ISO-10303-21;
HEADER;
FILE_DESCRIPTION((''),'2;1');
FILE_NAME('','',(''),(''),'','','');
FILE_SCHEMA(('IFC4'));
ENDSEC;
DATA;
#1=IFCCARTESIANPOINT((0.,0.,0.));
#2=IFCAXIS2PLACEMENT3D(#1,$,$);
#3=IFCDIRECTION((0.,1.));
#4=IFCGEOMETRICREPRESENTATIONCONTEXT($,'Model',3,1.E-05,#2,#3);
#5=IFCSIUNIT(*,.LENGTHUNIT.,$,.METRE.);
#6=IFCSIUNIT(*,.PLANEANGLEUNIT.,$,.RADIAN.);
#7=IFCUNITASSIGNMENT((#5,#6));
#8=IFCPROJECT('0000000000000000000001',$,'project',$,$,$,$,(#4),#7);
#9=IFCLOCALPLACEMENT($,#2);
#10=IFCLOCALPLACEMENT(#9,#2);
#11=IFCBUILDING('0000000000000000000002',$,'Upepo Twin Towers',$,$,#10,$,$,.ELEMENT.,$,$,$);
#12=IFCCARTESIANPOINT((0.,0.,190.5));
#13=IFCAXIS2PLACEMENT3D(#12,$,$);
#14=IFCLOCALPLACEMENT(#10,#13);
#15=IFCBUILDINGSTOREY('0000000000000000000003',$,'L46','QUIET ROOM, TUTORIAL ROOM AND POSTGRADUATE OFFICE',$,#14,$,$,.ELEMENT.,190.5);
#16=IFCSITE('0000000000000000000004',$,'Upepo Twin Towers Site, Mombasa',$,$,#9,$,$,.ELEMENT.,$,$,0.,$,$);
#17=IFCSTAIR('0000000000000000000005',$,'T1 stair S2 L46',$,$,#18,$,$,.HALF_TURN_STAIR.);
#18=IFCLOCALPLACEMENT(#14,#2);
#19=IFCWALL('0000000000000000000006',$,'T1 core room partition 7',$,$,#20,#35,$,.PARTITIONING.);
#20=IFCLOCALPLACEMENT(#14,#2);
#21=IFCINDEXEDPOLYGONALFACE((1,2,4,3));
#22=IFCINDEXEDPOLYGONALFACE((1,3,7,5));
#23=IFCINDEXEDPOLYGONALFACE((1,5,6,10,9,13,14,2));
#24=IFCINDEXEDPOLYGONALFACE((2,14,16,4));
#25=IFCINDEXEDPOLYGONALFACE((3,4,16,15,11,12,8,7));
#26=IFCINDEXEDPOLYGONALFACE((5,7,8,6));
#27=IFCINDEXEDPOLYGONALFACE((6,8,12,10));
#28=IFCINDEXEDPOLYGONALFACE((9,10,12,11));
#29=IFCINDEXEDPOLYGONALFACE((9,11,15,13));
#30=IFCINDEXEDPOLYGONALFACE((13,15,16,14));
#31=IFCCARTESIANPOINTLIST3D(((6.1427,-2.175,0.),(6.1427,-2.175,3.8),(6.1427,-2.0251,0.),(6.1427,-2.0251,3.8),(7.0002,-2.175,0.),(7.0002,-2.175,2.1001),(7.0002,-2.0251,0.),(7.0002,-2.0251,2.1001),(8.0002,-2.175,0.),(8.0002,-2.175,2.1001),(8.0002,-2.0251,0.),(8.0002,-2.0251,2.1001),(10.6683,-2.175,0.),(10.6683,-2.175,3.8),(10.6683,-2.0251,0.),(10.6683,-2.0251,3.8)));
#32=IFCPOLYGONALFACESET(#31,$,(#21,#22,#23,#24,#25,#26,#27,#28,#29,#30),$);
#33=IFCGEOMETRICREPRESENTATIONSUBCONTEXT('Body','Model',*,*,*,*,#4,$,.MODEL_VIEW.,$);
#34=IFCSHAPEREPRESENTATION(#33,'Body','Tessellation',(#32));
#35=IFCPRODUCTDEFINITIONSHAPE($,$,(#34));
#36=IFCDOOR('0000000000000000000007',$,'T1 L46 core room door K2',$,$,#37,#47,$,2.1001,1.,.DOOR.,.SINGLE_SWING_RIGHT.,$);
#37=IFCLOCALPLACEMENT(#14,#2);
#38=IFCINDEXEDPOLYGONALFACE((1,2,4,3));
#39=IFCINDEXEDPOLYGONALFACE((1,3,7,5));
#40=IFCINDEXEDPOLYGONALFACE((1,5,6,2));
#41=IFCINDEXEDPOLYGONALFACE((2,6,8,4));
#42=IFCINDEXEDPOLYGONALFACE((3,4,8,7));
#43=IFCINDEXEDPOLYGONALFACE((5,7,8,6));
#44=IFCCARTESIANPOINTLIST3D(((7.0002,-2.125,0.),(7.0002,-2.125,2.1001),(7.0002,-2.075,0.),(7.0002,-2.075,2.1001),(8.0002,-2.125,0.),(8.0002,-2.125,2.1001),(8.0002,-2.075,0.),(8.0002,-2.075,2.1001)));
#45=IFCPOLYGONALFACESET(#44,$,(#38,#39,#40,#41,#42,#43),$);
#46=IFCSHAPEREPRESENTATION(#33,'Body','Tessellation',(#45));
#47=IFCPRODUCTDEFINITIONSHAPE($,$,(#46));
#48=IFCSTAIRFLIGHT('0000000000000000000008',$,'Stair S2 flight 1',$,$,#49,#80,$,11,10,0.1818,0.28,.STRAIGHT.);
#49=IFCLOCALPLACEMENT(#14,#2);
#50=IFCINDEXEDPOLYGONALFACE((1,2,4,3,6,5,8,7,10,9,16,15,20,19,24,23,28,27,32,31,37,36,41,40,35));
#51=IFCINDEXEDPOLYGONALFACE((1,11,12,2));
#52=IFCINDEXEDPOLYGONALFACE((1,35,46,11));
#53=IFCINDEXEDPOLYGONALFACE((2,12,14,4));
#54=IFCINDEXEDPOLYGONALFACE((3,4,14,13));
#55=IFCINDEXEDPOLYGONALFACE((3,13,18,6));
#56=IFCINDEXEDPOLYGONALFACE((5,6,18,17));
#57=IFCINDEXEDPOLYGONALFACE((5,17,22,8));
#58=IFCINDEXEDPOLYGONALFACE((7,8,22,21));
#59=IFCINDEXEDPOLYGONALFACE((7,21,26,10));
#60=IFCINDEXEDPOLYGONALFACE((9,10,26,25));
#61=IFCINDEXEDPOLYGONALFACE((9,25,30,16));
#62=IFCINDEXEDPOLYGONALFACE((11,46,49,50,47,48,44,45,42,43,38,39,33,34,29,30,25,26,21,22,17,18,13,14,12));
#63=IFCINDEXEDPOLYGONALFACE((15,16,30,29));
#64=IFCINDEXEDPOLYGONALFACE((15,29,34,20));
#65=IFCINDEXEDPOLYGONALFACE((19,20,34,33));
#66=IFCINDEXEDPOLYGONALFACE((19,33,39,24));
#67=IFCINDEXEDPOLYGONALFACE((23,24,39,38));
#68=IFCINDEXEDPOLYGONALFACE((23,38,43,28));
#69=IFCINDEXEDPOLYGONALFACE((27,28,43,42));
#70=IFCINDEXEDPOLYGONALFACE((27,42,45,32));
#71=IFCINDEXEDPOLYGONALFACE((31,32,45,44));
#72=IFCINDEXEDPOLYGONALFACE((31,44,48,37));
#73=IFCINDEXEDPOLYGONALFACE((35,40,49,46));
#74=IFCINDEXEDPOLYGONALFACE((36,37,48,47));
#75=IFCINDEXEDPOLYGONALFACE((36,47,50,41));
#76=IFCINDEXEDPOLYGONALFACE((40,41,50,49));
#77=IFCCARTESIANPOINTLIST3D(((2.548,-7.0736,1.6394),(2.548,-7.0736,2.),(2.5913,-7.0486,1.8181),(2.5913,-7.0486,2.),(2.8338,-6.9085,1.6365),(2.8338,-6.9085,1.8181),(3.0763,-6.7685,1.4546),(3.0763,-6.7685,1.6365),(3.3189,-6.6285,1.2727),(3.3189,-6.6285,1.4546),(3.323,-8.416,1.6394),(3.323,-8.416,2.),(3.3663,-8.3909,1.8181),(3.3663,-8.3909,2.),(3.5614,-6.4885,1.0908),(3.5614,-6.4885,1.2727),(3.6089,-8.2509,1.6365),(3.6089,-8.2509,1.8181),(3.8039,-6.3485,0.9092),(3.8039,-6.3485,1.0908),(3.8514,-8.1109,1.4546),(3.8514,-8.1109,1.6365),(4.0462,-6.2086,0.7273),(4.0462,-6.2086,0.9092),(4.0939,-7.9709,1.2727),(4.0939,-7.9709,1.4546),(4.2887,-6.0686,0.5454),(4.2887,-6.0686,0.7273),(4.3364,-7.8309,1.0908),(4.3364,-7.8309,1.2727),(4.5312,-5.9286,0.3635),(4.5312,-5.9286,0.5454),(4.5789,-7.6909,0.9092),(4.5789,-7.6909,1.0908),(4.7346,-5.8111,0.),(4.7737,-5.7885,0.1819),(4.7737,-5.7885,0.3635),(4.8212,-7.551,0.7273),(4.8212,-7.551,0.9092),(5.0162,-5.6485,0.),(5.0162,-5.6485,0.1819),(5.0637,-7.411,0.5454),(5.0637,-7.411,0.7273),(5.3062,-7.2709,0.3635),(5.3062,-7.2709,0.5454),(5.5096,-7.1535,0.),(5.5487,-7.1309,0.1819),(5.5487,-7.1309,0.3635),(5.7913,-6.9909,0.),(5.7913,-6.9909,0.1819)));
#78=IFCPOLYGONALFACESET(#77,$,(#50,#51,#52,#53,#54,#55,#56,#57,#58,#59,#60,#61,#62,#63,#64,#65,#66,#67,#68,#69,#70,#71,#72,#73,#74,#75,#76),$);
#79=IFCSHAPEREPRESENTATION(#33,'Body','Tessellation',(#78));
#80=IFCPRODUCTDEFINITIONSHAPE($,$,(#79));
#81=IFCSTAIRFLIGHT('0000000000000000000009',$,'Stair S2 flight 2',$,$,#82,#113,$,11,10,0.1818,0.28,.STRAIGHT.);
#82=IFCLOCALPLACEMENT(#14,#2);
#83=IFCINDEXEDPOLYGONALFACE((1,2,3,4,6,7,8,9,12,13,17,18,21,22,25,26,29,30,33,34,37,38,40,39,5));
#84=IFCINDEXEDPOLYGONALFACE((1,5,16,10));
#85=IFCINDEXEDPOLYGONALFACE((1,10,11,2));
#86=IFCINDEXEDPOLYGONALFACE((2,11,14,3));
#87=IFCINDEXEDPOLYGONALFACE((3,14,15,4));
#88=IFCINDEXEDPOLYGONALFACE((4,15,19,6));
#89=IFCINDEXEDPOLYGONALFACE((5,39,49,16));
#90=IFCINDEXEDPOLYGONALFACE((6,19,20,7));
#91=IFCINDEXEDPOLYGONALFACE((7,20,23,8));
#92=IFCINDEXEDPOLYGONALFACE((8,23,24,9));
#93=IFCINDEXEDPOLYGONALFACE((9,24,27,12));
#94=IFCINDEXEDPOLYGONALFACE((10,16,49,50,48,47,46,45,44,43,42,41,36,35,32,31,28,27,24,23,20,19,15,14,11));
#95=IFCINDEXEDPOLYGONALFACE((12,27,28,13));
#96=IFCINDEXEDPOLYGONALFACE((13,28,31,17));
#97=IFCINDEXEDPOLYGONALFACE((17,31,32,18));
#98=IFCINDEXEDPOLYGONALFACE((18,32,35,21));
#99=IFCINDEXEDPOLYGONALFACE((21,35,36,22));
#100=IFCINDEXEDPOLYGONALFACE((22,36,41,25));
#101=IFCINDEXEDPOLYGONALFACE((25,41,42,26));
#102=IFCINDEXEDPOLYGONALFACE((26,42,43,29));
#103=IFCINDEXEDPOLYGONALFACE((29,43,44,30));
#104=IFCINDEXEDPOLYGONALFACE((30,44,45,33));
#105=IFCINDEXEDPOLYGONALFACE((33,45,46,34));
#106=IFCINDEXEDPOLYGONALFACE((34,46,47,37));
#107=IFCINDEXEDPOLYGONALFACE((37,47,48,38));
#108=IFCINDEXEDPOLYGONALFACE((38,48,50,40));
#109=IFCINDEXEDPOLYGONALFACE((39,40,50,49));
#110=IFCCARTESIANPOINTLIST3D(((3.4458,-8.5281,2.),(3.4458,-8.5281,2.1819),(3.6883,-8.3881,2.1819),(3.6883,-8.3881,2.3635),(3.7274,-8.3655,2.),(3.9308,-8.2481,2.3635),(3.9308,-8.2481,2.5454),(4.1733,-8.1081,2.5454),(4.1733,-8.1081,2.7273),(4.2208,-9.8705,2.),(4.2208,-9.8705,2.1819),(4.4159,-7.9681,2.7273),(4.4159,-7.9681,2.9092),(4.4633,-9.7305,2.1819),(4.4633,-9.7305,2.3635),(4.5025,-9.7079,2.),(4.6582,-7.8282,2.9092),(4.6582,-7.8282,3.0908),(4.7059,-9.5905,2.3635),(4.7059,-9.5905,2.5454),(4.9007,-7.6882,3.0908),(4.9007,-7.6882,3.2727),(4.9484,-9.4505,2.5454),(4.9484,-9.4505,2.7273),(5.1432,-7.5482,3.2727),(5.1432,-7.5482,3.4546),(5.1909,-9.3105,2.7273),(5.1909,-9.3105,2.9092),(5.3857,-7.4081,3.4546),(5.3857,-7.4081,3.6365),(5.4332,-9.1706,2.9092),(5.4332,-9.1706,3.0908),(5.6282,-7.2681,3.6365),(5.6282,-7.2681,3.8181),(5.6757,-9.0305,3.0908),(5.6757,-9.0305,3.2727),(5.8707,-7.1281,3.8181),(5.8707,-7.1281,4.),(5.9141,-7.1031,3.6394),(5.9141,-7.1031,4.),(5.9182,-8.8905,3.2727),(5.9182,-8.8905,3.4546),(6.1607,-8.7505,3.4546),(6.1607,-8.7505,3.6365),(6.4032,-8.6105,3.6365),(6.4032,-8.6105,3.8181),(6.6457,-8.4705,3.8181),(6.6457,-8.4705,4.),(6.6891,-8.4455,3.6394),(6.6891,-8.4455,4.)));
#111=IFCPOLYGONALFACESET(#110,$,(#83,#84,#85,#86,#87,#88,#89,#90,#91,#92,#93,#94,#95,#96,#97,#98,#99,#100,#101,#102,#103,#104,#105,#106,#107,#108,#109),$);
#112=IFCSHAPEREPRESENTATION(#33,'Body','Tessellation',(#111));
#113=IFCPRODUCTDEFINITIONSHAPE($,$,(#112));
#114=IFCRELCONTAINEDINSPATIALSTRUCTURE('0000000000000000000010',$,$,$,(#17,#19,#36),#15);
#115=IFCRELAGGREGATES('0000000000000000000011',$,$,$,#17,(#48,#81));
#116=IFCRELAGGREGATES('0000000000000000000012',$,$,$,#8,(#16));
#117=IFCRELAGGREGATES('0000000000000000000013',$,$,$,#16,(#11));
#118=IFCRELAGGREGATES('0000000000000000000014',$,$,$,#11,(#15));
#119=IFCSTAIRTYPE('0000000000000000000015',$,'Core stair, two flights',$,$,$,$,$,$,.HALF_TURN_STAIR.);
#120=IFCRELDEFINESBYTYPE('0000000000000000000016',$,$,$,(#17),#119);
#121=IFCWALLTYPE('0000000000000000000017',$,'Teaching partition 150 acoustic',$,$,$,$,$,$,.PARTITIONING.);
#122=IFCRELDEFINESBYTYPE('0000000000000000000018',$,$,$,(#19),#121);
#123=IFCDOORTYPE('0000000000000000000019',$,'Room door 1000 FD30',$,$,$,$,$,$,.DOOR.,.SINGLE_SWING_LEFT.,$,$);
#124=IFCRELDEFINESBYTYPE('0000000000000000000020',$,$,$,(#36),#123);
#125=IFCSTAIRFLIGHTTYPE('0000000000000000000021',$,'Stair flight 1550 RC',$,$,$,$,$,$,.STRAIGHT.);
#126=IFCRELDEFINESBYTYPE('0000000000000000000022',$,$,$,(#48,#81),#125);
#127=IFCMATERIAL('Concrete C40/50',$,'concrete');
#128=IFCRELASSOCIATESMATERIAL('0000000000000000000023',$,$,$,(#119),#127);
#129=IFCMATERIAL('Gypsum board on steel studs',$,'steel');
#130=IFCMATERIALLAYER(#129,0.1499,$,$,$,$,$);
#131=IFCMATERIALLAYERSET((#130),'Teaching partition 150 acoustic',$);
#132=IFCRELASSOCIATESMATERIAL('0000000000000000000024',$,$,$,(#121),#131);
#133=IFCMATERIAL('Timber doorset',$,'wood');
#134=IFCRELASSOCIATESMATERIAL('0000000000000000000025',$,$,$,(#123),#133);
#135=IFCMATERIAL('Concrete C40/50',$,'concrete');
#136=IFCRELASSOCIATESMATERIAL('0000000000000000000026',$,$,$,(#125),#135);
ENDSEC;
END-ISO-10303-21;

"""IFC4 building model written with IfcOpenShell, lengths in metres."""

from ifc_helpers import new_model, si_unit, direction, frame, frame_2d, origin, place, context, subcontext, project, spatial, polyline, rectangle, outline, extrude, material, layer, layer_set, type_object, element, fill, aggregate, save


model = new_model("IFC4")

# Units and contexts
model_context = context("Model", 3, precision=1e-05, world=origin(), true_north=direction((0.0, 1.0)))
body_context = subcontext(model_context, "Body", "Model", "MODEL_VIEW")
ifc_project = project(units=[si_unit("LENGTHUNIT", "METRE"), si_unit("PLANEANGLEUNIT", "RADIAN")], contexts=[model_context])

# Site, building, storey
site_placement = place(None, origin())
site = spatial("IfcSite", under=ifc_project, at=site_placement, Name="Upepo Twin Towers Site, Mombasa", CompositionType="ELEMENT", RefElevation=0.0)
building_placement = place(site_placement, origin())
building = spatial("IfcBuilding", under=site, at=building_placement, Name="Upepo Twin Towers", CompositionType="ELEMENT")
storey_placement = place(building_placement, frame((0.0, 0.0, 190.5)))
storey = spatial("IfcBuildingStorey", under=building, at=storey_placement, Name="L46", Description="QUIET ROOM, TUTORIAL ROOM AND POSTGRADUATE OFFICE", CompositionType="ELEMENT", Elevation=190.5)

# Shared definitions
ifc_material_1 = material(Name="Concrete C40/50", Category="concrete")
stair_type = type_object("IfcStairType", Name="Core stair, two flights", PredefinedType="HALF_TURN_STAIR", material=ifc_material_1)

# Stair
stair_1_placement = place(storey_placement, origin())
stair_1 = element("IfcStair", 1, at=stair_1_placement, inside=storey, type_object=stair_type, Name="T1 stair S2 L46", PredefinedType="HALF_TURN_STAIR")

# Wall, opening, door
ifc_material_2 = material(Name="Gypsum board on steel studs", Category="steel")
ifc_layer_1 = layer(ifc_material_2, 0.1499)
ifc_layer_set_1 = layer_set([ifc_layer_1], Name="Teaching partition 150 acoustic")
wall_type_1 = type_object("IfcWallType", Name="Teaching partition 150 acoustic", PredefinedType="PARTITIONING", material=ifc_layer_set_1)
wall_1_placement = place(storey_placement, frame((10.6682, -2.1001, 0.0), z_axis=(0.0, 0.0, 1.0), x_axis=(-1.0, 0.0, 0.0)))
wall_1 = element("IfcWall", 2, at=wall_1_placement, inside=storey, type_object=wall_type_1, Name="T1 core room partition 7", PredefinedType="PARTITIONING", context=body_context, shape_type="SweptSolid", body=[
    extrude(rectangle(XDim=4.5256, YDim=0.1499, at=frame_2d((2.2627, 0.0))), origin(), (0.0, 0.0, 1.0), 3.8),
])
opening_1_placement = place(wall_1_placement, frame((2.668, 0.0, 0.0)))
opening_1 = element("IfcOpeningElement", 3, at=opening_1_placement, cuts=wall_1, PredefinedType="OPENING", context=body_context, shape_type="SweptSolid", body=[
    extrude(rectangle(XDim=1.0, YDim=2.1001, at=frame_2d((0.5, 1.05))), frame((0.0, 0.085, 0.0), z_axis=(0.0, -1.0, 0.0), x_axis=(1.0, 0.0, 0.0)), (0.0, 0.0, 1.0), 0.1699),
])
ifc_material_3 = material(Name="Timber doorset", Category="wood")
door_type_1 = type_object("IfcDoorType", Name="Room door 1000 FD30", OperationType="SINGLE_SWING_LEFT", PredefinedType="DOOR", material=ifc_material_3)
door_1_placement = place(opening_1_placement, origin())
door_1 = element("IfcDoor", 4, at=door_1_placement, inside=storey, type_object=door_type_1, Name="T1 L46 core room door K2", OperationType="SINGLE_SWING_RIGHT", OverallHeight=2.1001, OverallWidth=1.0, PredefinedType="DOOR", context=body_context, shape_type="SweptSolid", body=[
    extrude(rectangle(XDim=1.0, YDim=2.1001, at=frame_2d((0.5, 1.05))), frame((0.0, 0.0249, 0.0), z_axis=(0.0, -1.0, 0.0), x_axis=(1.0, 0.0, 0.0)), (0.0, 0.0, 1.0), 0.05),
])
fill(opening_1, door_1)

# Stair flights
ifc_material_4 = material(Name="Concrete C40/50", Category="concrete")
stair_flight_type = type_object("IfcStairFlightType", Name="Stair flight 1550 RC", PredefinedType="STRAIGHT", material=ifc_material_4)
stair_flight_1_placement = place(storey_placement, frame((5.4038, -6.3198, 0.0), z_axis=(0.0, 0.0, 1.0), x_axis=(-0.866025, -0.5, 0.0)))
stair_flight_1 = element("IfcStairFlight", 5, at=stair_flight_1_placement, type_object=stair_flight_type, Name="Stair S2 flight 1", NumberOfRisers=11, NumberOfTreads=10, PredefinedType="STRAIGHT", RiserHeight=0.1818, TreadLength=0.28, context=body_context, shape_type="SweptSolid", body=[
    extrude(outline(polyline([(0.0, 0.0), (0.0, 0.1819), (0.28, 0.1819), (0.28, 0.3635), (0.5601, 0.3635), (0.5601, 0.5454), (0.8401, 0.5454), (0.8401, 0.7273), (1.1201, 0.7273), (1.1201, 0.9092), (1.3999, 0.9092), (1.3999, 1.0908), (1.6799, 1.0908), (1.6799, 1.2727), (1.96, 1.2727), (1.96, 1.4546), (2.24, 1.4546), (2.24, 1.6365), (2.52, 1.6365), (2.52, 1.8181), (2.8, 1.8181), (2.8, 2.0), (2.8501, 2.0), (2.8501, 1.6394), (0.3252, 0.0), (0.0, 0.0)])), frame((0.0, 0.7749, 0.0), z_axis=(0.0, -1.0, 0.0), x_axis=(1.0, 0.0, 0.0)), (0.0, 0.0, 1.0), 1.55),
])
stair_flight_2_placement = place(storey_placement, frame((3.8333, -9.1992, 2.0), z_axis=(0.0, 0.0, 1.0), x_axis=(0.866025, 0.5, 0.0)))
stair_flight_2 = element("IfcStairFlight", 6, at=stair_flight_2_placement, type_object=stair_flight_type, Name="Stair S2 flight 2", NumberOfRisers=11, NumberOfTreads=10, PredefinedType="STRAIGHT", RiserHeight=0.1818, TreadLength=0.28, context=body_context, shape_type="SweptSolid", body=[
    extrude(outline(polyline([(0.0, 0.0), (0.0, 0.1819), (0.28, 0.1819), (0.28, 0.3635), (0.5601, 0.3635), (0.5601, 0.5454), (0.8401, 0.5454), (0.8401, 0.7273), (1.1201, 0.7273), (1.1201, 0.9092), (1.3999, 0.9092), (1.3999, 1.0908), (1.6799, 1.0908), (1.6799, 1.2727), (1.96, 1.2727), (1.96, 1.4546), (2.24, 1.4546), (2.24, 1.6365), (2.52, 1.6365), (2.52, 1.8181), (2.8, 1.8181), (2.8, 2.0), (2.8501, 2.0), (2.8501, 1.6394), (0.3252, 0.0), (0.0, 0.0)])), frame((0.0, 0.7749, 0.0), z_axis=(0.0, -1.0, 0.0), x_axis=(1.0, 0.0, 0.0)), (0.0, 0.0, 1.0), 1.55),
])
aggregate(stair_1, [stair_flight_1, stair_flight_2])

save(model, "model.ifc")
